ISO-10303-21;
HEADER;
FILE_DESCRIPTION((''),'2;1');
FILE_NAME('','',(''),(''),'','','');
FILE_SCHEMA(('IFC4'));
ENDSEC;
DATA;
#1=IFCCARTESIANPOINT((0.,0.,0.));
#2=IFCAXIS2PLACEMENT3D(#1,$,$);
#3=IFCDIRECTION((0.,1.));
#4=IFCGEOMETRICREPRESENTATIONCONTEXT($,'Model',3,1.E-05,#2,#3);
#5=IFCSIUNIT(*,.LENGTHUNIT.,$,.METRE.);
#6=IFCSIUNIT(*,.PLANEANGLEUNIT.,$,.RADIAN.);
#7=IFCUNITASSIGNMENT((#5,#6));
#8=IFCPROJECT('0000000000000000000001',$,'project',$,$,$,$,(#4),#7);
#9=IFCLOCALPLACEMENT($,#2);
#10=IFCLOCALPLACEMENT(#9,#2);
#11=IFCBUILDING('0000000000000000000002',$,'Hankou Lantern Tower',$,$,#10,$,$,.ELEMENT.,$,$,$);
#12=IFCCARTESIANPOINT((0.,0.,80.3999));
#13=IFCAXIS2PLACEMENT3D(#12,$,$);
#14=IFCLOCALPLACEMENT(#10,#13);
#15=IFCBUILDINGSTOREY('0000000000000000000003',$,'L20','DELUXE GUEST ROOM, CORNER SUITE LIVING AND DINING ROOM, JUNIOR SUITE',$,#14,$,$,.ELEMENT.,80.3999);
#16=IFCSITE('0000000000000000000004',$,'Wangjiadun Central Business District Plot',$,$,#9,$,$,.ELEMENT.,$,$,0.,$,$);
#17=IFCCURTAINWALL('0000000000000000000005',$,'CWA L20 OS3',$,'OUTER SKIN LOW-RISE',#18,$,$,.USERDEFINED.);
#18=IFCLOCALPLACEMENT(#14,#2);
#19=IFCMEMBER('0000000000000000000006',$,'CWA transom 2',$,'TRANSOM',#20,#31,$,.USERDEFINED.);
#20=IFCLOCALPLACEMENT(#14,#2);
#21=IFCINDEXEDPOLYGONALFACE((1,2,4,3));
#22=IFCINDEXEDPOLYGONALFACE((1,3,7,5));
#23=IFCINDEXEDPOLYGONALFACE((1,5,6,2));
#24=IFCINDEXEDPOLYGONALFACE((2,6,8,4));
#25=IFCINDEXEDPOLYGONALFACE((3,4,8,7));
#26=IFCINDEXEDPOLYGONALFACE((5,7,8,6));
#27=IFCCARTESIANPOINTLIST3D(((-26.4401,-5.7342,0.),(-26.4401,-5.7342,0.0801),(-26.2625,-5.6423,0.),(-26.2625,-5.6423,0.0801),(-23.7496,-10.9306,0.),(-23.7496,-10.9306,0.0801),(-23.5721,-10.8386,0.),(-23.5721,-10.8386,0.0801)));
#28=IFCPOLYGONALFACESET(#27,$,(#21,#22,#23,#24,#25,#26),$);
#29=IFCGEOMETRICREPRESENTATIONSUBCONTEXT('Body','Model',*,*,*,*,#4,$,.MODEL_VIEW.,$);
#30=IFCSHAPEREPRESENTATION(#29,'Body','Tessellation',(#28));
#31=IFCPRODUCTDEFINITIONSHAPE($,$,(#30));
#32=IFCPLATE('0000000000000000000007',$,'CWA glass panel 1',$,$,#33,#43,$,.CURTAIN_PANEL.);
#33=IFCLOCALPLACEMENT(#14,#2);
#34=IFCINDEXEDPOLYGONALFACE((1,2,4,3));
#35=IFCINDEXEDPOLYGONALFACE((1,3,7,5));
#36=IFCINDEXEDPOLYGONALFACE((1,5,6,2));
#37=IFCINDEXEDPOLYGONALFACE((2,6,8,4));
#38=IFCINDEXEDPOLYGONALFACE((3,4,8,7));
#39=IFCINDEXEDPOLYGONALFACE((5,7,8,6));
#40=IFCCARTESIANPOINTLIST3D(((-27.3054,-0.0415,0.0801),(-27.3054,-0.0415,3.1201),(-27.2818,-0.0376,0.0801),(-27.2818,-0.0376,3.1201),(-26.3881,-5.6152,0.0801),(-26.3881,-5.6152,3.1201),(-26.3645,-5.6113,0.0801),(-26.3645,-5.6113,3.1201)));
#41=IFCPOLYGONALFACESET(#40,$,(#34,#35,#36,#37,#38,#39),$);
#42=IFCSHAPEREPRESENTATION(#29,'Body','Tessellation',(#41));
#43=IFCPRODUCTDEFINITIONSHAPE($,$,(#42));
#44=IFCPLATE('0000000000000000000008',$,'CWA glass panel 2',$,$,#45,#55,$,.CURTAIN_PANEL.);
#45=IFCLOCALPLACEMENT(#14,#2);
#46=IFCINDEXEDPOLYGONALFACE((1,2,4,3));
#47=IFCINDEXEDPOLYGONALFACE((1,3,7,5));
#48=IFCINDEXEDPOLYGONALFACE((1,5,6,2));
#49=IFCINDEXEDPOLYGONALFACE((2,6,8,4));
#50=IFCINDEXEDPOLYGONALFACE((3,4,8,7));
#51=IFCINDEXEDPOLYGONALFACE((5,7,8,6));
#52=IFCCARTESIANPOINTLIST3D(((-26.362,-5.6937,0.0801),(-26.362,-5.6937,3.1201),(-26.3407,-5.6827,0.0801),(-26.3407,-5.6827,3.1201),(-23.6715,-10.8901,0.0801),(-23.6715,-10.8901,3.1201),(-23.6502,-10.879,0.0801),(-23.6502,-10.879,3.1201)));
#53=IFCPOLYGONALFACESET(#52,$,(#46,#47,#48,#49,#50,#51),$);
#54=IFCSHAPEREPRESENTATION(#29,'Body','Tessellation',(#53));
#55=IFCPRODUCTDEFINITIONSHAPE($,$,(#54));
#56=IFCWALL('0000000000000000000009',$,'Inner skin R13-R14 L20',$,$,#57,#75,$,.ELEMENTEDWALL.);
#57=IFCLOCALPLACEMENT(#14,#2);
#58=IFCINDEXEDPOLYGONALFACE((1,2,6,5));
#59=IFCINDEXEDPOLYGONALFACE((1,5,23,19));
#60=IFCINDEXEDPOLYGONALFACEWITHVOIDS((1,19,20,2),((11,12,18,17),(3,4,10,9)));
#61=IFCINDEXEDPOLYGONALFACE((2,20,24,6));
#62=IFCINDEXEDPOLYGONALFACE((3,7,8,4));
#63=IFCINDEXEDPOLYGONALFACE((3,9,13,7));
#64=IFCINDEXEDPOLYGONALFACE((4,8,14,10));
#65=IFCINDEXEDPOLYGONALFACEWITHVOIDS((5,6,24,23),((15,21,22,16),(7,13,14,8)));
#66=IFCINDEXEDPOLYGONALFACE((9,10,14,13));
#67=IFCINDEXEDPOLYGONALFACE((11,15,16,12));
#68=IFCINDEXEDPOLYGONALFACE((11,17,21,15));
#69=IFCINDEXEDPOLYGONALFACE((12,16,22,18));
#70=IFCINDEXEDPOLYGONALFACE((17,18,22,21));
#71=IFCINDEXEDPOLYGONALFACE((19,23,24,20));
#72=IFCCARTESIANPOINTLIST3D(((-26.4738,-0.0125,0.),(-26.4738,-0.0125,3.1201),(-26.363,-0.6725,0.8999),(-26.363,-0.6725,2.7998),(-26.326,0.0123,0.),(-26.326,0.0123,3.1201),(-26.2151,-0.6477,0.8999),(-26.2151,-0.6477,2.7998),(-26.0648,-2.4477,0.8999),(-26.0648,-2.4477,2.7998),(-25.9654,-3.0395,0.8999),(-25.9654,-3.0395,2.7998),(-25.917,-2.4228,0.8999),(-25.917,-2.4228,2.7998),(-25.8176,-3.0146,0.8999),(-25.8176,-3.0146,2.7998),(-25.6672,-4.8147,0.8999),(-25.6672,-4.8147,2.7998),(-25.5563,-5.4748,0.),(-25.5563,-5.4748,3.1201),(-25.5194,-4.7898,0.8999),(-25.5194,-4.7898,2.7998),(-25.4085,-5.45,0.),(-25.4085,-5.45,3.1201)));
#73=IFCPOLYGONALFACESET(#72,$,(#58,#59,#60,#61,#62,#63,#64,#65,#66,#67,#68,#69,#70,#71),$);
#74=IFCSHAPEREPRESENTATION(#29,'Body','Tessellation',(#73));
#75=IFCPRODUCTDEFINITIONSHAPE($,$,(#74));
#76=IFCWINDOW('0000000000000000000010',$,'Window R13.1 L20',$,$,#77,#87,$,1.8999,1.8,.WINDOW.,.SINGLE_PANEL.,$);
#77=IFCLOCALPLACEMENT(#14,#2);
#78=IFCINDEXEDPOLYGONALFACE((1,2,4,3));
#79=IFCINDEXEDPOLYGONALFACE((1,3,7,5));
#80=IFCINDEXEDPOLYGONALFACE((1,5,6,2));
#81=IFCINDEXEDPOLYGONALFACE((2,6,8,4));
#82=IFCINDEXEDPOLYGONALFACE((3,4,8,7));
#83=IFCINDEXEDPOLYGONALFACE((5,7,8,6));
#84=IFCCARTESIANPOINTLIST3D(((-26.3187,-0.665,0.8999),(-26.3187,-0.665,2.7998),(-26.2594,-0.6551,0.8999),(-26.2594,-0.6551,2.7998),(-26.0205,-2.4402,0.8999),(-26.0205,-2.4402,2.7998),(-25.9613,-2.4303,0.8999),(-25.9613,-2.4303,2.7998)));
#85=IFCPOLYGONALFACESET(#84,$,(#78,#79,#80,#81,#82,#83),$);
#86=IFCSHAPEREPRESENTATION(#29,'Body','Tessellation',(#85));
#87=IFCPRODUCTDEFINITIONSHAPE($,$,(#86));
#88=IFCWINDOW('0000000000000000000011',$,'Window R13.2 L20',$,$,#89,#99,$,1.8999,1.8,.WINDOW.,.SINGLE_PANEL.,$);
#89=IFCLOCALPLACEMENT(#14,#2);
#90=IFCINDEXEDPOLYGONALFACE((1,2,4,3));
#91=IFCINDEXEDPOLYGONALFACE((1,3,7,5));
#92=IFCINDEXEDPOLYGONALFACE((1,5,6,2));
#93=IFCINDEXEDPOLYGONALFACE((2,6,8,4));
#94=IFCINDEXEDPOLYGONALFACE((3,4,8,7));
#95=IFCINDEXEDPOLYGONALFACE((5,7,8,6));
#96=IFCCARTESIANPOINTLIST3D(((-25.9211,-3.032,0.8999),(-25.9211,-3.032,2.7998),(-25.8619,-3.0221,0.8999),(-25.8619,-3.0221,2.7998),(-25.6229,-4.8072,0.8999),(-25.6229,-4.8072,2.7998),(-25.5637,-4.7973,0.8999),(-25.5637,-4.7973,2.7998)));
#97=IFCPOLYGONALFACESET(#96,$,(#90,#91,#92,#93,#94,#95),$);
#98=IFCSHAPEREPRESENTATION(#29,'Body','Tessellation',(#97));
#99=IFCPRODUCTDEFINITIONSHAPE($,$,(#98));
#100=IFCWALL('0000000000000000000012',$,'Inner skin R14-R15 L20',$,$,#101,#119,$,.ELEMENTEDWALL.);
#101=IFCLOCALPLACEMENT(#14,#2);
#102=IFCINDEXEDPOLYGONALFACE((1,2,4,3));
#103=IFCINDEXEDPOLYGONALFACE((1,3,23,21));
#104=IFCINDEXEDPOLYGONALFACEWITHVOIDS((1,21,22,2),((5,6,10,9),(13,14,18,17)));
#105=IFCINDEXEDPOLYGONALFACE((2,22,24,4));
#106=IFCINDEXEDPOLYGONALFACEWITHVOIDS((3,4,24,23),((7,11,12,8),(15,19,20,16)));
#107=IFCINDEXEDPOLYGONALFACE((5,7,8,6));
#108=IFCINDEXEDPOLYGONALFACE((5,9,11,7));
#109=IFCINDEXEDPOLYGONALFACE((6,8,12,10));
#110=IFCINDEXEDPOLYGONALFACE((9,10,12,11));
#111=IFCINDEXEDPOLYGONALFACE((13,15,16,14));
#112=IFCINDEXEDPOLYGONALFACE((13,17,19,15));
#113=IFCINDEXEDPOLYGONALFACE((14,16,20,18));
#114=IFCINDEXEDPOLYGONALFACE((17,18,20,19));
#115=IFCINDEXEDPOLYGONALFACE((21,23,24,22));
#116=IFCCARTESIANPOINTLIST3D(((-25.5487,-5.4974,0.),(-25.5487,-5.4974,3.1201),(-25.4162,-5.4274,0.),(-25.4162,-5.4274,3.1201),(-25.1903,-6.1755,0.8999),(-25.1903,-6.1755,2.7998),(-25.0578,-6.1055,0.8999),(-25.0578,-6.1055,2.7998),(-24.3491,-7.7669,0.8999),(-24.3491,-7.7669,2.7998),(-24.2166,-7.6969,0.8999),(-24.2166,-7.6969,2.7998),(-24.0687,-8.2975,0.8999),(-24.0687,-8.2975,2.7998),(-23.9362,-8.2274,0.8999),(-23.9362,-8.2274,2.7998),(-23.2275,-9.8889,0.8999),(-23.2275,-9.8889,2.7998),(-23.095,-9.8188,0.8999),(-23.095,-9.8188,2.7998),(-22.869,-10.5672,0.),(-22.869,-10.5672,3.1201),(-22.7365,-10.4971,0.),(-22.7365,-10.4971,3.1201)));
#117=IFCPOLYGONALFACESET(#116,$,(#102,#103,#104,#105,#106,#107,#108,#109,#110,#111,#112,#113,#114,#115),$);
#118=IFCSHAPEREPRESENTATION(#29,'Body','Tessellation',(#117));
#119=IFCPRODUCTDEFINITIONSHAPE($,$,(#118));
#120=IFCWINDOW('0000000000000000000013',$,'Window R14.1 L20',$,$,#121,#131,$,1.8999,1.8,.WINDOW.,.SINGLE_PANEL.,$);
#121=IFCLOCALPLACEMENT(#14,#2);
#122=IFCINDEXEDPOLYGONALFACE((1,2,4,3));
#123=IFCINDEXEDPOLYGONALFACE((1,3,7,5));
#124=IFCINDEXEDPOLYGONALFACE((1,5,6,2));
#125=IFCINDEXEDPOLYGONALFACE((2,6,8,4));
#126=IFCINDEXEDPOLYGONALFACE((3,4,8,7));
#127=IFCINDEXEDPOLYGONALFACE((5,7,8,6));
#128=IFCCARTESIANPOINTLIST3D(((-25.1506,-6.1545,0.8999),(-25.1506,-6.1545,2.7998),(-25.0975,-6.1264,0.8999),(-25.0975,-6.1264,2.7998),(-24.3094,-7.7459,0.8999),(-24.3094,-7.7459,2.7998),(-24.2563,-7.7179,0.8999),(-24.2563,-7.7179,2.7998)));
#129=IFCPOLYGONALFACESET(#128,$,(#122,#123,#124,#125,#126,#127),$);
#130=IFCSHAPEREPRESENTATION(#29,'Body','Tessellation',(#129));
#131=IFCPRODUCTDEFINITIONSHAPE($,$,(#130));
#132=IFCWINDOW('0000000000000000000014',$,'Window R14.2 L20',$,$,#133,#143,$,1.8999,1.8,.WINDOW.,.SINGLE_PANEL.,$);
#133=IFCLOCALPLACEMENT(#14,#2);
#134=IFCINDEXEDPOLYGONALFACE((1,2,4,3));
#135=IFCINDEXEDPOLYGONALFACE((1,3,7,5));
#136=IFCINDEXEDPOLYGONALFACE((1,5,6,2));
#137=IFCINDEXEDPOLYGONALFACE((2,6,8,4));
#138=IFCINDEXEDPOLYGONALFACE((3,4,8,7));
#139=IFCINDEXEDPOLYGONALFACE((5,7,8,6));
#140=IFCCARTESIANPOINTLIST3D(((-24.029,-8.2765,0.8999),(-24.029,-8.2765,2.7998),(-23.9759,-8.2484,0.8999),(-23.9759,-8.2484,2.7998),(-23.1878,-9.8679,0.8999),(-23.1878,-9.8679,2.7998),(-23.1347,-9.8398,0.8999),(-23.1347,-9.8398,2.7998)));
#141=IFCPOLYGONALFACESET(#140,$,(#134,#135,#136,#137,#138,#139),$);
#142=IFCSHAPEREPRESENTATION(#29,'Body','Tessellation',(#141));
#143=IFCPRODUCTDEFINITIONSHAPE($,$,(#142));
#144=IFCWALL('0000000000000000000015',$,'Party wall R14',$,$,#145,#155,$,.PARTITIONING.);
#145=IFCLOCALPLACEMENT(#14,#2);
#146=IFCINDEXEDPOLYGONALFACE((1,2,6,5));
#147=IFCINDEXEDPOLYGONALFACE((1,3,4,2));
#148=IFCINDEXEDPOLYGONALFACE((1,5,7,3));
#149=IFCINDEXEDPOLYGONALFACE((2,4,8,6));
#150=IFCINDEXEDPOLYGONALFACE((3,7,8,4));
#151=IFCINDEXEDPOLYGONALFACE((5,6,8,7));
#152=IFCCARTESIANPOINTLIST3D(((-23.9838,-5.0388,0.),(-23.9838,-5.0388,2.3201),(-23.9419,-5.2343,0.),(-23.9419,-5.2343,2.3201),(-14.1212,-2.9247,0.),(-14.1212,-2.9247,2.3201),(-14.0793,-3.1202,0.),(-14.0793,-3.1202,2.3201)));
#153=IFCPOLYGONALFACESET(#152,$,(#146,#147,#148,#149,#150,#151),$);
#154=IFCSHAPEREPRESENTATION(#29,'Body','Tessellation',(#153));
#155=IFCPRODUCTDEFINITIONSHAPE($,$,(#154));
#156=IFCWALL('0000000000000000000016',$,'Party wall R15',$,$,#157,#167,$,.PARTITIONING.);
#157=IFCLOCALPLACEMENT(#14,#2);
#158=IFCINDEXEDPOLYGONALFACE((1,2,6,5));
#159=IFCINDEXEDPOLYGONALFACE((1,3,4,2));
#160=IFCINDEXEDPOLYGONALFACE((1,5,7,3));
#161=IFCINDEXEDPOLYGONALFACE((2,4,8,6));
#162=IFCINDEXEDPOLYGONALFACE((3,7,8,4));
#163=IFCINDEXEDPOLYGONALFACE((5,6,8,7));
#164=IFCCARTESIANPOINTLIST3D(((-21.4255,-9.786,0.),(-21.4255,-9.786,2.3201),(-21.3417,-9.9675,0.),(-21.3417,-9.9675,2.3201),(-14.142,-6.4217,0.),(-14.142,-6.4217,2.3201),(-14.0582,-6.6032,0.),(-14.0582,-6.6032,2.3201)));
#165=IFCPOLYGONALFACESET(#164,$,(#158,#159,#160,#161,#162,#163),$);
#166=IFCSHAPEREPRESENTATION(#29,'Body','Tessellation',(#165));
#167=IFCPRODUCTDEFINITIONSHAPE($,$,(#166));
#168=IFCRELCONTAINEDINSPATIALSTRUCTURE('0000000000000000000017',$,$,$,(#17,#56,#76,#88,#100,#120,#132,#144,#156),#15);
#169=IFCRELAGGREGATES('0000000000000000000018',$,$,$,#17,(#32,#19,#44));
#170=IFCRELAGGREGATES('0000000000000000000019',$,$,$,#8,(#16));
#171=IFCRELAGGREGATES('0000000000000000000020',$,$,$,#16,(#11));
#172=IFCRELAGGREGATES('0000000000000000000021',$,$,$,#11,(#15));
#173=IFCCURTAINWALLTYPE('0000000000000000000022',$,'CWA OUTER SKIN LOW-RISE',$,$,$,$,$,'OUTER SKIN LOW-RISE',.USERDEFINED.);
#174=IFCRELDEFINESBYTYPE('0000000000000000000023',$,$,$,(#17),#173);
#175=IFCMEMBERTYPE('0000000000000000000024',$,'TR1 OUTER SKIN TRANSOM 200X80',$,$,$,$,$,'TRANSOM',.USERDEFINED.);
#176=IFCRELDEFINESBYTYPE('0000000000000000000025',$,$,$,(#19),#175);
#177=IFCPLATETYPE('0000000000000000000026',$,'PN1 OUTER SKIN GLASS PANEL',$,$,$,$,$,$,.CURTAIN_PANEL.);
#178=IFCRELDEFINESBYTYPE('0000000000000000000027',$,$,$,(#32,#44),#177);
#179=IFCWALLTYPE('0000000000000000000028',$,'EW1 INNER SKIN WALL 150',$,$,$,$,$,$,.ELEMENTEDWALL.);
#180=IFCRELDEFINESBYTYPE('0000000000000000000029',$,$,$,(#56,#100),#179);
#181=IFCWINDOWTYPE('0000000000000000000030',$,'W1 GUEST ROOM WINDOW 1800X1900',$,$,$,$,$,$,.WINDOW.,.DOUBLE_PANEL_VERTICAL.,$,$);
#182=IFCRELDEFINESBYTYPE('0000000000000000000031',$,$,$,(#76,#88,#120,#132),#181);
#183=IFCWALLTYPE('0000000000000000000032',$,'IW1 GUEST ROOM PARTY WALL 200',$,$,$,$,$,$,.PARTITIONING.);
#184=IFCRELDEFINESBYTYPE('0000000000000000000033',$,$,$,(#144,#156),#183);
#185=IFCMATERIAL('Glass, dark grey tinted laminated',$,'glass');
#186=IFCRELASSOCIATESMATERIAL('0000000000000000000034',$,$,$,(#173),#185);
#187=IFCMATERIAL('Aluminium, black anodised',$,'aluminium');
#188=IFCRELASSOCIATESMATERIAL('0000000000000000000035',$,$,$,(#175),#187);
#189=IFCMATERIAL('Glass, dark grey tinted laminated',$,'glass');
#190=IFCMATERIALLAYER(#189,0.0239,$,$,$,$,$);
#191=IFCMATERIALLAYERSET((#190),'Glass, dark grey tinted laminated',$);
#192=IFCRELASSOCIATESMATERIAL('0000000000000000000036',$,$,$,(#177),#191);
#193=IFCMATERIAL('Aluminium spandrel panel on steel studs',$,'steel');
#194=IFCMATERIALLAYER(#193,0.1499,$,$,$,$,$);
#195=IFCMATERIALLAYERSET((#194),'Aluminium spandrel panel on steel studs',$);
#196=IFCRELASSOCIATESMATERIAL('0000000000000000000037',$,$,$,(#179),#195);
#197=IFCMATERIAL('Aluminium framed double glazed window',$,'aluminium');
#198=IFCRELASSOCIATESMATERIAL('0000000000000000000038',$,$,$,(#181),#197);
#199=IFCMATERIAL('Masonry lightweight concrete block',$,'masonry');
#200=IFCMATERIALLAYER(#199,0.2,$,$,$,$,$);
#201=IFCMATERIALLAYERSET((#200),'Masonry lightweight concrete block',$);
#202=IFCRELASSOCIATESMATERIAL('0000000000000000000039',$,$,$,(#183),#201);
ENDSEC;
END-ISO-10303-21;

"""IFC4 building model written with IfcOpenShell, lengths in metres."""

from ifc_helpers import new_model, si_unit, direction, frame, frame_2d, origin, origin_2d, place, context, subcontext, project, spatial, rectangle, extrude, material, layer, layer_set, material_profile, profile_set, type_object, element, fill, aggregate, save


model = new_model("IFC4")

# Units and contexts
model_context = context("Model", 3, precision=1e-05, world=origin(), true_north=direction((0.0, 1.0)))
body_context = subcontext(model_context, "Body", "Model", "MODEL_VIEW")
ifc_project = project(units=[si_unit("LENGTHUNIT", "METRE"), si_unit("PLANEANGLEUNIT", "RADIAN")], contexts=[model_context])

# Site, building, storey
site_placement = place(None, origin())
site = spatial("IfcSite", under=ifc_project, at=site_placement, Name="Wangjiadun Central Business District Plot", CompositionType="ELEMENT", RefElevation=0.0)
building_placement = place(site_placement, origin())
building = spatial("IfcBuilding", under=site, at=building_placement, Name="Hankou Lantern Tower", CompositionType="ELEMENT")
storey_placement = place(building_placement, frame((0.0, 0.0, 80.3999)))
storey = spatial("IfcBuildingStorey", under=building, at=storey_placement, Name="L20", Description="DELUXE GUEST ROOM, CORNER SUITE LIVING AND DINING ROOM, JUNIOR SUITE", CompositionType="ELEMENT", Elevation=80.3999)

# Curtain wall
ifc_material_1 = material(Name="Glass, dark grey tinted laminated", Category="glass")
curtain_wall_type = type_object("IfcCurtainWallType", Name="CWA OUTER SKIN LOW-RISE", ElementType="OUTER SKIN LOW-RISE", PredefinedType="USERDEFINED", material=ifc_material_1)
curtain_wall_placement = place(storey_placement, origin())
curtain_wall = element("IfcCurtainWall", 1, at=curtain_wall_placement, inside=storey, type_object=curtain_wall_type, Name="CWA L20 OS3", ObjectType="OUTER SKIN LOW-RISE", PredefinedType="USERDEFINED")

# Member
ifc_material_2 = material(Name="Aluminium, black anodised", Category="aluminium")
ifc_material_profile_1 = material_profile(ifc_material_2, rectangle(XDim=0.2, YDim=0.0801, at=origin_2d()), Name="TR1 200X80")
ifc_profile_set_1 = profile_set([ifc_material_profile_1], Name="Aluminium, black anodised")
member_type_1 = type_object("IfcMemberType", Name="TR1 OUTER SKIN TRANSOM 200X80", ElementType="TRANSOM", PredefinedType="USERDEFINED", material=ifc_profile_set_1)
member_1_placement = place(storey_placement, frame((-26.3513, -5.6882, 0.04), z_axis=(0.459786, -0.88803, 0.0), x_axis=(0.88803, 0.459786, 0.0)))
member_1 = element("IfcMember", 2, at=member_1_placement, type_object=member_type_1, Name="CWA transom 2", ObjectType="TRANSOM", PredefinedType="USERDEFINED", context=body_context, shape_type="SweptSolid", body=[
    extrude(rectangle(XDim=0.2, YDim=0.0801, at=origin_2d()), origin(), (0.0, 0.0, 1.0), 5.8516),
])

# Plates
ifc_material_3 = material(Name="Glass, dark grey tinted laminated", Category="glass")
ifc_layer_1 = layer(ifc_material_3, 0.0239)
ifc_layer_set_1 = layer_set([ifc_layer_1], Name="Glass, dark grey tinted laminated")
plate_type = type_object("IfcPlateType", Name="PN1 OUTER SKIN GLASS PANEL", PredefinedType="CURTAIN_PANEL", material=ifc_layer_set_1)
plate_1_placement = place(storey_placement, frame((-26.835, -2.8264, 0.0801), z_axis=(0.0, 0.0, 1.0), x_axis=(0.162382, -0.986728, 0.0)))
plate_1 = element("IfcPlate", 3, at=plate_1_placement, type_object=plate_type, Name="CWA glass panel 1", PredefinedType="CURTAIN_PANEL", context=body_context, shape_type="SweptSolid", body=[
    extrude(rectangle(XDim=5.6487, YDim=0.0239, at=origin_2d()), origin(), (0.0, 0.0, 1.0), 3.04),
])
plate_2_placement = place(storey_placement, frame((-25.0061, -8.2864, 0.0801), z_axis=(0.0, 0.0, 1.0), x_axis=(0.459791, -0.888027, 0.0)))
plate_2 = element("IfcPlate", 4, at=plate_2_placement, type_object=plate_type, Name="CWA glass panel 2", PredefinedType="CURTAIN_PANEL", context=body_context, shape_type="SweptSolid", body=[
    extrude(rectangle(XDim=5.8516, YDim=0.0239, at=origin_2d()), origin(), (0.0, 0.0, 1.0), 3.04),
])
aggregate(curtain_wall, [plate_1, member_1, plate_2])

# Walls, openings, windows
ifc_material_4 = material(Name="Aluminium spandrel panel on steel studs", Category="steel")
ifc_layer_2 = layer(ifc_material_4, 0.1499)
ifc_layer_set_2 = layer_set([ifc_layer_2], Name="Aluminium spandrel panel on steel studs")
wall_type_1 = type_object("IfcWallType", Name="EW1 INNER SKIN WALL 150", PredefinedType="ELEMENTEDWALL", material=ifc_layer_set_2)
wall_1_placement = place(storey_placement, frame((-26.3999, 0.0, 0.0), z_axis=(0.0, 0.0, 1.0), x_axis=(0.165643, -0.986186, 0.0)))
wall_1 = element("IfcWall", 5, at=wall_1_placement, inside=storey, type_object=wall_type_1, Name="Inner skin R13-R14 L20", PredefinedType="ELEMENTEDWALL", context=body_context, shape_type="SweptSolid", body=[
    extrude(rectangle(XDim=5.5388, YDim=0.1499, at=frame_2d((2.7695, 0.0))), origin(), (0.0, 0.0, 1.0), 3.1201),
])
opening_1_placement = place(wall_1_placement, frame((0.6694, 0.0, 0.8999)))
opening_1 = element("IfcOpeningElement", 6, at=opening_1_placement, cuts=wall_1, PredefinedType="OPENING", context=body_context, shape_type="SweptSolid", body=[
    extrude(rectangle(XDim=1.8, YDim=1.8999, at=frame_2d((0.8999, 0.95))), frame((0.0, 0.085, 0.0), z_axis=(0.0, -1.0, 0.0), x_axis=(1.0, 0.0, 0.0)), (0.0, 0.0, 1.0), 0.1699),
])
opening_2_placement = place(wall_1_placement, frame((3.0696, 0.0, 0.8999)))
opening_2 = element("IfcOpeningElement", 7, at=opening_2_placement, cuts=wall_1, PredefinedType="OPENING", context=body_context, shape_type="SweptSolid", body=[
    extrude(rectangle(XDim=1.8, YDim=1.8999, at=frame_2d((0.8999, 0.95))), frame((0.0, 0.085, 0.0), z_axis=(0.0, -1.0, 0.0), x_axis=(1.0, 0.0, 0.0)), (0.0, 0.0, 1.0), 0.1699),
])
ifc_material_5 = material(Name="Aluminium framed double glazed window", Category="aluminium")
window_type = type_object("IfcWindowType", Name="W1 GUEST ROOM WINDOW 1800X1900", PartitioningType="DOUBLE_PANEL_VERTICAL", PredefinedType="WINDOW", material=ifc_material_5)
window_1_placement = place(opening_1_placement, origin())
window_1 = element("IfcWindow", 8, at=window_1_placement, inside=storey, type_object=window_type, Name="Window R13.1 L20", OverallHeight=1.8999, OverallWidth=1.8, PartitioningType="SINGLE_PANEL", PredefinedType="WINDOW", context=body_context, shape_type="SweptSolid", body=[
    extrude(rectangle(XDim=1.8, YDim=1.8999, at=frame_2d((0.8999, 0.95))), frame((0.0, 0.03, 0.0), z_axis=(0.0, -1.0, 0.0), x_axis=(1.0, 0.0, 0.0)), (0.0, 0.0, 1.0), 0.0601),
])
fill(opening_1, window_1)
window_2_placement = place(opening_2_placement, origin())
window_2 = element("IfcWindow", 9, at=window_2_placement, inside=storey, type_object=window_type, Name="Window R13.2 L20", OverallHeight=1.8999, OverallWidth=1.8, PartitioningType="SINGLE_PANEL", PredefinedType="WINDOW", context=body_context, shape_type="SweptSolid", body=[
    extrude(rectangle(XDim=1.8, YDim=1.8999, at=frame_2d((0.8999, 0.95))), frame((0.0, 0.03, 0.0), z_axis=(0.0, -1.0, 0.0), x_axis=(1.0, 0.0, 0.0)), (0.0, 0.0, 1.0), 0.0601),
])
fill(opening_2, window_2)
wall_2_placement = place(storey_placement, frame((-25.4824, -5.4624, 0.0), z_axis=(0.0, 0.0, 1.0), x_axis=(0.467297, -0.8841, 0.0)))
wall_2 = element("IfcWall", 10, at=wall_2_placement, inside=storey, type_object=wall_type_1, Name="Inner skin R14-R15 L20", PredefinedType="ELEMENTEDWALL", context=body_context, shape_type="SweptSolid", body=[
    extrude(rectangle(XDim=5.7344, YDim=0.1499, at=frame_2d((2.8672, 0.0))), origin(), (0.0, 0.0, 1.0), 3.1201),
])
opening_3_placement = place(wall_2_placement, frame((0.7671, 0.0, 0.8999)))
opening_3 = element("IfcOpeningElement", 11, at=opening_3_placement, cuts=wall_2, PredefinedType="OPENING", context=body_context, shape_type="SweptSolid", body=[
    extrude(rectangle(XDim=1.8, YDim=1.8999, at=frame_2d((0.8999, 0.95))), frame((0.0, 0.085, 0.0), z_axis=(0.0, -1.0, 0.0), x_axis=(1.0, 0.0, 0.0)), (0.0, 0.0, 1.0), 0.1699),
])
opening_4_placement = place(wall_2_placement, frame((3.1672, 0.0, 0.8999)))
opening_4 = element("IfcOpeningElement", 12, at=opening_4_placement, cuts=wall_2, PredefinedType="OPENING", context=body_context, shape_type="SweptSolid", body=[
    extrude(rectangle(XDim=1.8, YDim=1.8999, at=frame_2d((0.8999, 0.95))), frame((0.0, 0.085, 0.0), z_axis=(0.0, -1.0, 0.0), x_axis=(1.0, 0.0, 0.0)), (0.0, 0.0, 1.0), 0.1699),
])
window_3_placement = place(opening_3_placement, origin())
window_3 = element("IfcWindow", 13, at=window_3_placement, inside=storey, type_object=window_type, Name="Window R14.1 L20", OverallHeight=1.8999, OverallWidth=1.8, PartitioningType="SINGLE_PANEL", PredefinedType="WINDOW", context=body_context, shape_type="SweptSolid", body=[
    extrude(rectangle(XDim=1.8, YDim=1.8999, at=frame_2d((0.8999, 0.95))), frame((0.0, 0.03, 0.0), z_axis=(0.0, -1.0, 0.0), x_axis=(1.0, 0.0, 0.0)), (0.0, 0.0, 1.0), 0.0601),
])
fill(opening_3, window_3)
window_4_placement = place(opening_4_placement, origin())
window_4 = element("IfcWindow", 14, at=window_4_placement, inside=storey, type_object=window_type, Name="Window R14.2 L20", OverallHeight=1.8999, OverallWidth=1.8, PartitioningType="SINGLE_PANEL", PredefinedType="WINDOW", context=body_context, shape_type="SweptSolid", body=[
    extrude(rectangle(XDim=1.8, YDim=1.8999, at=frame_2d((0.8999, 0.95))), frame((0.0, 0.03, 0.0), z_axis=(0.0, -1.0, 0.0), x_axis=(1.0, 0.0, 0.0)), (0.0, 0.0, 1.0), 0.0601),
])
fill(opening_4, window_4)

# Walls
ifc_material_6 = material(Name="Masonry lightweight concrete block", Category="masonry")
ifc_layer_3 = layer(ifc_material_6, 0.2)
ifc_layer_set_3 = layer_set([ifc_layer_3], Name="Masonry lightweight concrete block")
wall_type_2 = type_object("IfcWallType", Name="IW1 GUEST ROOM PARTY WALL 200", PredefinedType="PARTITIONING", material=ifc_layer_set_3)
wall_3_placement = place(storey_placement, frame((-14.1001, -3.0225, 0.0), z_axis=(0.0, 0.0, 1.0), x_axis=(-0.97779, -0.209587, 0.0)))
element("IfcWall", 15, at=wall_3_placement, inside=storey, type_object=wall_type_2, Name="Party wall R14", PredefinedType="PARTITIONING", context=body_context, shape_type="SweptSolid", body=[
    extrude(rectangle(XDim=10.0867, YDim=0.2, at=frame_2d((5.0435, 0.0))), origin(), (0.0, 0.0, 1.0), 2.3201),
])
wall_4_placement = place(storey_placement, frame((-14.1001, -6.5125, 0.0), z_axis=(0.0, 0.0, 1.0), x_axis=(-0.907833, -0.419332, 0.0)))
element("IfcWall", 16, at=wall_4_placement, inside=storey, type_object=wall_type_2, Name="Party wall R15", PredefinedType="PARTITIONING", context=body_context, shape_type="SweptSolid", body=[
    extrude(rectangle(XDim=8.0229, YDim=0.2, at=frame_2d((4.0115, 0.0))), origin(), (0.0, 0.0, 1.0), 2.3201),
])

save(model, "model.ifc")
